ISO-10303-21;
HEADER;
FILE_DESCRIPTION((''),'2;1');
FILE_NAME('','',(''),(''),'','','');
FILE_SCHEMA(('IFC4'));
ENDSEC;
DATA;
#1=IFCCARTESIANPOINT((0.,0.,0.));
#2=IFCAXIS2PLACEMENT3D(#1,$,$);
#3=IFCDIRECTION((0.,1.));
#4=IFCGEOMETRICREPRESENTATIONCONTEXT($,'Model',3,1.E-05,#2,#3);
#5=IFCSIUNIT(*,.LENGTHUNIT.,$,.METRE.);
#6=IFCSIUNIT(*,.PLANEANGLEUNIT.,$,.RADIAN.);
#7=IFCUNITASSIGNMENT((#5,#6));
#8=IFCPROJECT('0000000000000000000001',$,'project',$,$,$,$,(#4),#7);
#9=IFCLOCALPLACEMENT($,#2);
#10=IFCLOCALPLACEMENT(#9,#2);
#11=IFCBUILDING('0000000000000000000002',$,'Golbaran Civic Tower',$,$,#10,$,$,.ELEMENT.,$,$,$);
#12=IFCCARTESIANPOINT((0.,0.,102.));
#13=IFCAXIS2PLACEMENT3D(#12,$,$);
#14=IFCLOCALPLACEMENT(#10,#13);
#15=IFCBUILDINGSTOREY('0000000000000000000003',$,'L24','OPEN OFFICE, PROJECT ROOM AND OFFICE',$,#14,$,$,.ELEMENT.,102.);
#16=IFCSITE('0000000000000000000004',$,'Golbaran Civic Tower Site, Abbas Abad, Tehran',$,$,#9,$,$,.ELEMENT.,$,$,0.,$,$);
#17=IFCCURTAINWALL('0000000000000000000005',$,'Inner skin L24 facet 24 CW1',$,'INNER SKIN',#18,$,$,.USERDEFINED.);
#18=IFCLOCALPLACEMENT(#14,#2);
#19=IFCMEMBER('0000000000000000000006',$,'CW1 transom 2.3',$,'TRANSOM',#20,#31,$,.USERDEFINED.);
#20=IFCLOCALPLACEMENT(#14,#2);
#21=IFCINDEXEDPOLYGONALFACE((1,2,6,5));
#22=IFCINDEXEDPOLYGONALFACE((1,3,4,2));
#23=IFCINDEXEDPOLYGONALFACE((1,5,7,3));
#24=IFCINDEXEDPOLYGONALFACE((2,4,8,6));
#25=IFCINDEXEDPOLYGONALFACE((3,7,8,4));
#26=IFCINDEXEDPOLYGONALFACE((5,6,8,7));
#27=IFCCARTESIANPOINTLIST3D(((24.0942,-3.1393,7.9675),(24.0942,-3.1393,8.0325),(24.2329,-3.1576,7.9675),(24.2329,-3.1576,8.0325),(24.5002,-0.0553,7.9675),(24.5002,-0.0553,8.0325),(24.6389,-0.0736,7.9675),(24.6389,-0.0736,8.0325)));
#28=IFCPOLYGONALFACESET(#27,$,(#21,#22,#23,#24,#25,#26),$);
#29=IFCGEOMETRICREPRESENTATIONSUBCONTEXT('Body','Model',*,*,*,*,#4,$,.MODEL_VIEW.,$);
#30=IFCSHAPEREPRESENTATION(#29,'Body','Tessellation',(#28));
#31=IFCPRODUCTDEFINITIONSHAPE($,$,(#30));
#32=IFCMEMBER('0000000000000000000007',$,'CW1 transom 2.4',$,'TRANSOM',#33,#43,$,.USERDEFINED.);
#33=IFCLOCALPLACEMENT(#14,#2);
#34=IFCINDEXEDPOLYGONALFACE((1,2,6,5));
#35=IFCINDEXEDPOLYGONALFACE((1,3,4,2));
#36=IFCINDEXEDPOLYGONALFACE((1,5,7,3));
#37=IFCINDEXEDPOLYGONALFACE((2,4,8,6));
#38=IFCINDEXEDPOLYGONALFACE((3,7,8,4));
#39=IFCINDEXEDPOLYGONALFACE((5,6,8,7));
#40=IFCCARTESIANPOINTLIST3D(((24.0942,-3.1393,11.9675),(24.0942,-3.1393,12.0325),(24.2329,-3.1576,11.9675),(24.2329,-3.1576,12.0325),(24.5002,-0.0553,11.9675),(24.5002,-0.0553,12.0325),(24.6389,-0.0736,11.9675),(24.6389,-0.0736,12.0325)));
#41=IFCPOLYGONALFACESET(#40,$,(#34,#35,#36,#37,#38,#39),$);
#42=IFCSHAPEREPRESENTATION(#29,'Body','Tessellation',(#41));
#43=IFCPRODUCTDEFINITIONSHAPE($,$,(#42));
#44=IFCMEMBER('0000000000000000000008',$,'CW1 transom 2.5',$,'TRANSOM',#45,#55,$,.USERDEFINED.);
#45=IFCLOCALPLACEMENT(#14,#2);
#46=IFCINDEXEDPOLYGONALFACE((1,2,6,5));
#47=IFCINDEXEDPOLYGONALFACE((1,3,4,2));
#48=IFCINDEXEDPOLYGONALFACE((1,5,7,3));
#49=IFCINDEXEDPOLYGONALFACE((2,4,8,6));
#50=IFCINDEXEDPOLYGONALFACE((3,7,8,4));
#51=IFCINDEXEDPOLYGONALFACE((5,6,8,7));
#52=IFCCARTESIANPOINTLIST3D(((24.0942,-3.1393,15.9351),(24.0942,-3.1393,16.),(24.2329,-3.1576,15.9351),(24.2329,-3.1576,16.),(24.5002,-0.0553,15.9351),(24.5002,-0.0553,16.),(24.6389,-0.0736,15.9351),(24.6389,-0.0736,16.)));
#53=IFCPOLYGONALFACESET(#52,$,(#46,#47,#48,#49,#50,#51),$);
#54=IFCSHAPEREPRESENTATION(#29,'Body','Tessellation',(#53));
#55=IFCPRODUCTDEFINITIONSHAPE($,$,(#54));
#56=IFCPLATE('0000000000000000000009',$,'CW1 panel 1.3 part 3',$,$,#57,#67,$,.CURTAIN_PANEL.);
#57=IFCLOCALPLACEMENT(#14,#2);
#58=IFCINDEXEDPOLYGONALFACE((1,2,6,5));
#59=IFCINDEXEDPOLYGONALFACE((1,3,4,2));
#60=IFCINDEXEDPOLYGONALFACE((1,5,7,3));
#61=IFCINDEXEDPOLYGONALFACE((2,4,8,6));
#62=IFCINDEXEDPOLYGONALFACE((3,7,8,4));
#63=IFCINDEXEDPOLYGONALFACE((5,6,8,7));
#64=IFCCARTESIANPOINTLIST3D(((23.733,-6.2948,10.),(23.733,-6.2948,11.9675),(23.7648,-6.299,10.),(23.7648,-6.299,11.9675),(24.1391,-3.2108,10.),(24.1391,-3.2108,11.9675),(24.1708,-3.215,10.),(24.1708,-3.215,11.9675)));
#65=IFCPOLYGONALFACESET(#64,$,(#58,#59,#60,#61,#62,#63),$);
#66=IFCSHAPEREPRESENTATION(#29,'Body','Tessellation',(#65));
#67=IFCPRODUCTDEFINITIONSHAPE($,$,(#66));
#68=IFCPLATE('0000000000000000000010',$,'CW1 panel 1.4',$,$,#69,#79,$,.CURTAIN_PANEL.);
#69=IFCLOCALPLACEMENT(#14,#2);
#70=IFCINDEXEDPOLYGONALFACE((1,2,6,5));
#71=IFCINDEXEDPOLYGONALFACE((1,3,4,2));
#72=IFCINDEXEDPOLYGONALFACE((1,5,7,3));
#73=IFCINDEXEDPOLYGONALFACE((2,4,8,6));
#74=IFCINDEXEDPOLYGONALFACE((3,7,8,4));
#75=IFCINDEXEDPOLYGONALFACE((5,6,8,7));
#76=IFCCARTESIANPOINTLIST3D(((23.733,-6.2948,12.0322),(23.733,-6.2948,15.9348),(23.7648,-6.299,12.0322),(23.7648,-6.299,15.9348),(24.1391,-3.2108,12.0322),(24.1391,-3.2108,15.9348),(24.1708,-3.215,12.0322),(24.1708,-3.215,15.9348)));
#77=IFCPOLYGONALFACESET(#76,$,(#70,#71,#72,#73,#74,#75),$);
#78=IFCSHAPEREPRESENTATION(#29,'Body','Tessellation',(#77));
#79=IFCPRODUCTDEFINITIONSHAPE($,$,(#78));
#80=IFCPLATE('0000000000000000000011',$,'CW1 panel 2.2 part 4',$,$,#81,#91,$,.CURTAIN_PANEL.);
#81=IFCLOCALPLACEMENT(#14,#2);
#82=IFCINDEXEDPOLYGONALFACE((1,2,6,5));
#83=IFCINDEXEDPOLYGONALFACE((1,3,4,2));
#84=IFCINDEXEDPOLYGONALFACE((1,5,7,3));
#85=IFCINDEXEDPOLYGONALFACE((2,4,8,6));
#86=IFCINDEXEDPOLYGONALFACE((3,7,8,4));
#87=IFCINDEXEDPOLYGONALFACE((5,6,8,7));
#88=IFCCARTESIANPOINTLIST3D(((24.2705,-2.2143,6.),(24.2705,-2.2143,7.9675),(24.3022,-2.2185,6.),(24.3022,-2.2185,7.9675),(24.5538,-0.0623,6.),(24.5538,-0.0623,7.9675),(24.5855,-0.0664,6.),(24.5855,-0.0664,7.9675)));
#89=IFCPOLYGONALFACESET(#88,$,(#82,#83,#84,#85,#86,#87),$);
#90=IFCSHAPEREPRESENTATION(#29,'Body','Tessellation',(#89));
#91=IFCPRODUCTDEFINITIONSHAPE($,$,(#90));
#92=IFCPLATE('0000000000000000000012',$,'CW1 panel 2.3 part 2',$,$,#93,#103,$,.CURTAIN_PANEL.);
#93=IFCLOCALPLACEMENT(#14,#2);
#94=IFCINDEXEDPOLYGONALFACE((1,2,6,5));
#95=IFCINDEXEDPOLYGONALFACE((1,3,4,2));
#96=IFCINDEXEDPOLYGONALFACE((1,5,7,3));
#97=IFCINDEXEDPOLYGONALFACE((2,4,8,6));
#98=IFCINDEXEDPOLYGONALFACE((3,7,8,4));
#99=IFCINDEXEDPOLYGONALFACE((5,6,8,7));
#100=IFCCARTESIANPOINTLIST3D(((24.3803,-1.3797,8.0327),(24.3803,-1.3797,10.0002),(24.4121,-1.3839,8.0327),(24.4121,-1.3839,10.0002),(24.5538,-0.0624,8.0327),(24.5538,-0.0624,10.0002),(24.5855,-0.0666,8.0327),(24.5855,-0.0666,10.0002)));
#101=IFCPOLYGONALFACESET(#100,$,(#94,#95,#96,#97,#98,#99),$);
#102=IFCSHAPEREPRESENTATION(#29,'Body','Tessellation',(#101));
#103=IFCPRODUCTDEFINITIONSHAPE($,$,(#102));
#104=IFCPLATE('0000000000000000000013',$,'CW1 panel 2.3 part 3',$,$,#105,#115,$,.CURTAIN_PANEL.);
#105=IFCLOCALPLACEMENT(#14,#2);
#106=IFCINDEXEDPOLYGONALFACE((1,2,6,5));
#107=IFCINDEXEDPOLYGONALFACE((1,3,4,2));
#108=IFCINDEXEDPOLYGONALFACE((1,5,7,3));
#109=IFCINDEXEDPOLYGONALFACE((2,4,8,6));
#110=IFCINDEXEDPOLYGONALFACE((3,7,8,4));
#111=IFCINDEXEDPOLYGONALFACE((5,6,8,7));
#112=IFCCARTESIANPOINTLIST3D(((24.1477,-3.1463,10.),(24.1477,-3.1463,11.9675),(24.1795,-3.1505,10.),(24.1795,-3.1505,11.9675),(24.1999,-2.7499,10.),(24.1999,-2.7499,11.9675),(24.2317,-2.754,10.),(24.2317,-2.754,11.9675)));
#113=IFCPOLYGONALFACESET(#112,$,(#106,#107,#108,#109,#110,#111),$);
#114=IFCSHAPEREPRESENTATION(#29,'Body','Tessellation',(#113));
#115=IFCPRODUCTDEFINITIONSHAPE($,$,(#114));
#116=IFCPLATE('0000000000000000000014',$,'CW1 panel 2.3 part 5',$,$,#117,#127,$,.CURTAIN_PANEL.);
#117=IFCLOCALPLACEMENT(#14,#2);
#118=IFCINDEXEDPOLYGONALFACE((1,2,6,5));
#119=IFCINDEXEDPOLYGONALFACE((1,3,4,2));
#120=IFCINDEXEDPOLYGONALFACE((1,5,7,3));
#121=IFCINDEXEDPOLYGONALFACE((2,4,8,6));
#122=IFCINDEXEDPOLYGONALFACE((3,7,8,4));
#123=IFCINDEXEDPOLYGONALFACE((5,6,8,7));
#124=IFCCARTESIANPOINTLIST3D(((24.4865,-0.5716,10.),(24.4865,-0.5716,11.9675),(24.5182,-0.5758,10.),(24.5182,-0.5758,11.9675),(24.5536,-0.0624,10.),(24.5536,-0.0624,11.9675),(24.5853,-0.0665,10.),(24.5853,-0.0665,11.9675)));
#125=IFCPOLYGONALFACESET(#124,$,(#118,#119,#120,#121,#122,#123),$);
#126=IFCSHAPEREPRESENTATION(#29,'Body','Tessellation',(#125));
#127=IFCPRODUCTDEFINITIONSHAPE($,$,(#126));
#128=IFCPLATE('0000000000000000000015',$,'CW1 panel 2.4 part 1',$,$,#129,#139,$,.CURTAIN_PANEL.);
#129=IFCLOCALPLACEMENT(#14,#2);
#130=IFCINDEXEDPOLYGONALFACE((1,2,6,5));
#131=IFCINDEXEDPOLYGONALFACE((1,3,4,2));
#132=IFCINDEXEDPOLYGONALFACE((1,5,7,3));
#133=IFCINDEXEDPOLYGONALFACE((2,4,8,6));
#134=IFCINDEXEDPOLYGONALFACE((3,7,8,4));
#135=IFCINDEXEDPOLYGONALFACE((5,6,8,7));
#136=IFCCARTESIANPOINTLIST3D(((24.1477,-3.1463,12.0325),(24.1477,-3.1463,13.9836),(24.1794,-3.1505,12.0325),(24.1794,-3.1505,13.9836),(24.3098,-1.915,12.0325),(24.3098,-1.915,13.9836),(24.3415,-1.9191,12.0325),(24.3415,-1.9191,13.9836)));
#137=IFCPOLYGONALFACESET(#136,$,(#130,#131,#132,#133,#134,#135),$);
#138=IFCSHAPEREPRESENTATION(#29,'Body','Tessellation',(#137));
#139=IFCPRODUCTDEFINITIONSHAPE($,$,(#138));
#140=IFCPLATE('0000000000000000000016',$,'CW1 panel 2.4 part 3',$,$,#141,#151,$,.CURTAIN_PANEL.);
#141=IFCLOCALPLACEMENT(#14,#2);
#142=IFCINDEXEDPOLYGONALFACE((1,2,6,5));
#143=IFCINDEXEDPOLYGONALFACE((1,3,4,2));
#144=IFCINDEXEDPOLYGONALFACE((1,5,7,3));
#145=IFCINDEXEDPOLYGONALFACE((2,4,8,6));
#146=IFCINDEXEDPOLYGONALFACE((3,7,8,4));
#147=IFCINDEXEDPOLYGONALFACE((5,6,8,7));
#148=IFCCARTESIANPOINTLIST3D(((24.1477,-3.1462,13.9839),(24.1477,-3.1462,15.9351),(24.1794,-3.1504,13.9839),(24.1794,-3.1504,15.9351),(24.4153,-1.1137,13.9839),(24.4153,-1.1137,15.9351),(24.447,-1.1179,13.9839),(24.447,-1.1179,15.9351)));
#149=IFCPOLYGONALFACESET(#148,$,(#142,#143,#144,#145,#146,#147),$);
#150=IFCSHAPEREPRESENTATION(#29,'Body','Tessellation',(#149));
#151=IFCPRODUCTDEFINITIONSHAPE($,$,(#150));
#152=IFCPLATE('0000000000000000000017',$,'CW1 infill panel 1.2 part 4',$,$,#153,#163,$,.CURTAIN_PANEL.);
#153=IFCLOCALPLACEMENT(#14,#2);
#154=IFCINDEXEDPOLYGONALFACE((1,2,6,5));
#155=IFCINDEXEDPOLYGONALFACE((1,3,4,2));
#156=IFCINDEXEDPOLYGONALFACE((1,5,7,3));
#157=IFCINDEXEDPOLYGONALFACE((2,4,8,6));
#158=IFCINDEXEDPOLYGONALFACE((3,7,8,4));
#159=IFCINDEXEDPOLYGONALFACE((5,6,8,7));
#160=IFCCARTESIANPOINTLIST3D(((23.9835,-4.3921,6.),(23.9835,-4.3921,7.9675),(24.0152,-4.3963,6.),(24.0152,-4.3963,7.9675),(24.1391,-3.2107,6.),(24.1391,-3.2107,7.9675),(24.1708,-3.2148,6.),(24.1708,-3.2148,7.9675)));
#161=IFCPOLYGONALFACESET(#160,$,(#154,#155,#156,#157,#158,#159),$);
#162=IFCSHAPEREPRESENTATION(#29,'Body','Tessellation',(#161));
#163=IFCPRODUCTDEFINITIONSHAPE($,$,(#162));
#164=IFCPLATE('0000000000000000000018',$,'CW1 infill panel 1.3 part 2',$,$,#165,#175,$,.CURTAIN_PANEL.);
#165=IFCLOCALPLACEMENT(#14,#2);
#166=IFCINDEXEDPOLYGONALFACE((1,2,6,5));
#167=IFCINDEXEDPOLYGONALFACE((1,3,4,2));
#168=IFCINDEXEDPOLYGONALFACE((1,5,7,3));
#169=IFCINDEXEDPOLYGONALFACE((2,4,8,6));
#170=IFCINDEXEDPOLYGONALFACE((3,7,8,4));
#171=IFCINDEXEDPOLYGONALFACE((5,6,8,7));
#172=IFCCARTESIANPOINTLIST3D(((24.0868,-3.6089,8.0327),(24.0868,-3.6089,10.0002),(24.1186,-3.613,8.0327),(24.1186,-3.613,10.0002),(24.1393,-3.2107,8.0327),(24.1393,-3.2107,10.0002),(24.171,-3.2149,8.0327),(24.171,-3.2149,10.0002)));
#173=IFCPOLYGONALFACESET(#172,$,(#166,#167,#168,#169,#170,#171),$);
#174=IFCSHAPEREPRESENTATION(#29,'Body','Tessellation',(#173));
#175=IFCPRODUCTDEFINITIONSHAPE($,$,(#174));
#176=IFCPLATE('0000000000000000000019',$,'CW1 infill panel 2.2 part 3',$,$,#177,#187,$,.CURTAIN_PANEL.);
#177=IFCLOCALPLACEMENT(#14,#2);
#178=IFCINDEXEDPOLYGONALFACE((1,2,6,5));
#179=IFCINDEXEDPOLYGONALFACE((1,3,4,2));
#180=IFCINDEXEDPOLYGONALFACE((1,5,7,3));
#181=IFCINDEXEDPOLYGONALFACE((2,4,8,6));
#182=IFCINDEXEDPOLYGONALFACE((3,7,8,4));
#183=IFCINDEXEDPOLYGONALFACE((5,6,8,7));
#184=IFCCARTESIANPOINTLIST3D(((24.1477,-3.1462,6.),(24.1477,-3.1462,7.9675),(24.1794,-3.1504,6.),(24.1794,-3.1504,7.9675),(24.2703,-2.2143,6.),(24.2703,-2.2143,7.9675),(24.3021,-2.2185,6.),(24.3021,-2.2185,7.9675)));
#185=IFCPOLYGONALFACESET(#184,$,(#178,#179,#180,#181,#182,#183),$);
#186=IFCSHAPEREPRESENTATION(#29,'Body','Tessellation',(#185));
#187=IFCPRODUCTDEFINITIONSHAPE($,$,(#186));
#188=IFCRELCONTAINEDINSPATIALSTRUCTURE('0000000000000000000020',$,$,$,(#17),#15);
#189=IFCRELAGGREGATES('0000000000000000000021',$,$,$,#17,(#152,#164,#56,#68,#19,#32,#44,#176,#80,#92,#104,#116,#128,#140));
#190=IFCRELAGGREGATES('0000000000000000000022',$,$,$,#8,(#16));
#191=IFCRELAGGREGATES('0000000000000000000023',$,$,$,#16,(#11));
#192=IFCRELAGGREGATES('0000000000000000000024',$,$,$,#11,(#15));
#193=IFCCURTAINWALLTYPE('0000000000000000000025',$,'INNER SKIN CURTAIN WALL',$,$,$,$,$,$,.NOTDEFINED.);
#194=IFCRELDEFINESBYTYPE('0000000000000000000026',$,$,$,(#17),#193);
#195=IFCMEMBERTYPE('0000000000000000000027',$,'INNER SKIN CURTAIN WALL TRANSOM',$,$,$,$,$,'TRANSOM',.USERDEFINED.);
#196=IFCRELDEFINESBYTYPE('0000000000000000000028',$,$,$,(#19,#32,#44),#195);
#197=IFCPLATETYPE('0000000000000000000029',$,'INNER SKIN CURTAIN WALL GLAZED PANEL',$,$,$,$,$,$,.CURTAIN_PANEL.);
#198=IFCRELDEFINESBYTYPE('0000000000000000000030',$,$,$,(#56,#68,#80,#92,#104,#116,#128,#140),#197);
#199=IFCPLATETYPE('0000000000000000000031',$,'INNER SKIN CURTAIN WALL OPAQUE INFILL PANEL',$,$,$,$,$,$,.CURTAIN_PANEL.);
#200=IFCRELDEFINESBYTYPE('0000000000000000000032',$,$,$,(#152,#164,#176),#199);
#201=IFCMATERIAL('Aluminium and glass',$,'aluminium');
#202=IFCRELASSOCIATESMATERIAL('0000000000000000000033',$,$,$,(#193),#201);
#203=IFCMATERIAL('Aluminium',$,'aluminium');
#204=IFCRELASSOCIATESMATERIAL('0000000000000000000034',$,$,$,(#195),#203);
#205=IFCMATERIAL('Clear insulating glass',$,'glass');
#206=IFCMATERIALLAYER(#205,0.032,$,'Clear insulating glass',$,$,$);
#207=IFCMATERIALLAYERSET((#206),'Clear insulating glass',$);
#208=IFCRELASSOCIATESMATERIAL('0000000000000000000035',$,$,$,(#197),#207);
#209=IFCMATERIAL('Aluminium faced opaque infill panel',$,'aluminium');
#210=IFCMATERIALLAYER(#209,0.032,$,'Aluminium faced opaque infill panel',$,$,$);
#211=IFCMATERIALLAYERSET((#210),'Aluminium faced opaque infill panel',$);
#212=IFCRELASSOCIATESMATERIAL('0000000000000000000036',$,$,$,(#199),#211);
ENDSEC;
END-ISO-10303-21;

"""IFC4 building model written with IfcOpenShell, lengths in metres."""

from ifc_helpers import new_model, si_unit, direction, frame, origin, origin_2d, place, context, subcontext, project, spatial, rectangle, extrude, material, layer, layer_set, material_profile, profile_set, type_object, element, aggregate, save


model = new_model("IFC4")

# Units and contexts
model_context = context("Model", 3, precision=1e-05, world=origin(), true_north=direction((0.0, 1.0)))
body_context = subcontext(model_context, "Body", "Model", "MODEL_VIEW")
ifc_project = project(units=[si_unit("LENGTHUNIT", "METRE"), si_unit("PLANEANGLEUNIT", "RADIAN")], contexts=[model_context])

# Site, building, storey
site_placement = place(None, origin())
site = spatial("IfcSite", under=ifc_project, at=site_placement, Name="Golbaran Civic Tower Site, Abbas Abad, Tehran", CompositionType="ELEMENT", RefElevation=0.0)
building_placement = place(site_placement, origin())
building = spatial("IfcBuilding", under=site, at=building_placement, Name="Golbaran Civic Tower", CompositionType="ELEMENT")
storey_placement = place(building_placement, frame((0.0, 0.0, 102.0)))
storey = spatial("IfcBuildingStorey", under=building, at=storey_placement, Name="L24", Description="OPEN OFFICE, PROJECT ROOM AND OFFICE", CompositionType="ELEMENT", Elevation=102.0)

# Curtain wall, members, plates
ifc_material_1 = material(Name="Aluminium and glass", Category="aluminium")
curtain_wall_type_1 = type_object("IfcCurtainWallType", Name="INNER SKIN CURTAIN WALL", PredefinedType="NOTDEFINED", material=ifc_material_1)
curtain_wall_1_placement = place(storey_placement, origin())
curtain_wall_1 = element("IfcCurtainWall", 1, at=curtain_wall_1_placement, inside=storey, type_object=curtain_wall_type_1, Name="Inner skin L24 facet 24 CW1", ObjectType="INNER SKIN", PredefinedType="USERDEFINED")
ifc_material_2 = material(Name="Aluminium", Category="aluminium")
ifc_material_profile = material_profile(ifc_material_2, rectangle(XDim=0.1399, YDim=0.0649, at=origin_2d()), Name="INNER SKIN CURTAIN WALL TRANSOM")
ifc_profile_set = profile_set([ifc_material_profile], Name="Aluminium")
member_type = type_object("IfcMemberType", Name="INNER SKIN CURTAIN WALL TRANSOM", ElementType="TRANSOM", PredefinedType="USERDEFINED", material=ifc_profile_set)
member_1_placement = place(storey_placement, frame((24.1636, -3.1484, 8.0), z_axis=(0.130524, 0.991445, 0.0), x_axis=(-0.991445, 0.130524, 0.0)))
member_1 = element("IfcMember", 2, at=member_1_placement, type_object=member_type, Name="CW1 transom 2.3", ObjectType="TRANSOM", PredefinedType="USERDEFINED", context=body_context, shape_type="SweptSolid", body=[
    extrude(rectangle(XDim=0.1399, YDim=0.0649, at=origin_2d()), origin(), (0.0, 0.0, 1.0), 3.1106),
])
member_2_placement = place(storey_placement, frame((24.1636, -3.1484, 12.0), z_axis=(0.130524, 0.991445, 0.0), x_axis=(-0.991445, 0.130524, 0.0)))
member_2 = element("IfcMember", 3, at=member_2_placement, type_object=member_type, Name="CW1 transom 2.4", ObjectType="TRANSOM", PredefinedType="USERDEFINED", context=body_context, shape_type="SweptSolid", body=[
    extrude(rectangle(XDim=0.1399, YDim=0.0649, at=origin_2d()), origin(), (0.0, 0.0, 1.0), 3.1106),
])
member_3_placement = place(storey_placement, frame((24.1636, -3.1484, 15.9675), z_axis=(0.130524, 0.991445, 0.0), x_axis=(-0.991445, 0.130524, 0.0)))
member_3 = element("IfcMember", 4, at=member_3_placement, type_object=member_type, Name="CW1 transom 2.5", ObjectType="TRANSOM", PredefinedType="USERDEFINED", context=body_context, shape_type="SweptSolid", body=[
    extrude(rectangle(XDim=0.1399, YDim=0.0649, at=origin_2d()), origin(), (0.0, 0.0, 1.0), 3.1106),
])
ifc_material_3 = material(Name="Clear insulating glass", Category="glass")
ifc_layer_1 = layer(ifc_material_3, 0.032, Name="Clear insulating glass")
ifc_layer_set_1 = layer_set([ifc_layer_1], Name="Clear insulating glass")
plate_type_1 = type_object("IfcPlateType", Name="INNER SKIN CURTAIN WALL GLAZED PANEL", PredefinedType="CURTAIN_PANEL", material=ifc_layer_set_1)
plate_1_placement = place(storey_placement, frame((23.9519, -4.7549, 10.0), z_axis=(0.0, 0.0, 1.0), x_axis=(0.130526, 0.991445, 0.0)))
plate_1 = element("IfcPlate", 5, at=plate_1_placement, type_object=plate_type_1, Name="CW1 panel 1.3 part 3", PredefinedType="CURTAIN_PANEL", context=body_context, shape_type="SweptSolid", body=[
    extrude(rectangle(XDim=3.1106, YDim=0.032, at=origin_2d()), origin(), (0.0, 0.0, 1.0), 1.9675),
])
plate_2_placement = place(storey_placement, frame((23.9519, -4.7549, 12.0322), z_axis=(0.0, 0.0, 1.0), x_axis=(0.130526, 0.991445, 0.0)))
plate_2 = element("IfcPlate", 6, at=plate_2_placement, type_object=plate_type_1, Name="CW1 panel 1.4", PredefinedType="CURTAIN_PANEL", context=body_context, shape_type="SweptSolid", body=[
    extrude(rectangle(XDim=3.1106, YDim=0.032, at=origin_2d()), origin(), (0.0, 0.0, 1.0), 3.9026),
])
plate_3_placement = place(storey_placement, frame((24.428, -1.1404, 6.0), z_axis=(0.0, 0.0, 1.0), x_axis=(0.130526, 0.991445, 0.0)))
plate_3 = element("IfcPlate", 7, at=plate_3_placement, type_object=plate_type_1, Name="CW1 panel 2.2 part 4", PredefinedType="CURTAIN_PANEL", context=body_context, shape_type="SweptSolid", body=[
    extrude(rectangle(XDim=2.1707, YDim=0.032, at=origin_2d()), origin(), (0.0, 0.0, 1.0), 1.9675),
])
plate_4_placement = place(storey_placement, frame((24.4829, -0.7231, 8.0327), z_axis=(0.0, 0.0, 1.0), x_axis=(0.130526, 0.991445, 0.0)))
plate_4 = element("IfcPlate", 8, at=plate_4_placement, type_object=plate_type_1, Name="CW1 panel 2.3 part 2", PredefinedType="CURTAIN_PANEL", context=body_context, shape_type="SweptSolid", body=[
    extrude(rectangle(XDim=1.3286, YDim=0.032, at=origin_2d()), origin(), (0.0, 0.0, 1.0), 1.9675),
])
plate_5_placement = place(storey_placement, frame((24.1897, -2.9502, 10.0), z_axis=(0.0, 0.0, 1.0), x_axis=(0.130526, 0.991445, 0.0)))
plate_5 = element("IfcPlate", 9, at=plate_5_placement, type_object=plate_type_1, Name="CW1 panel 2.3 part 3", PredefinedType="CURTAIN_PANEL", context=body_context, shape_type="SweptSolid", body=[
    extrude(rectangle(XDim=0.3999, YDim=0.032, at=origin_2d()), origin(), (0.0, 0.0, 1.0), 1.9675),
])
plate_6_placement = place(storey_placement, frame((24.5359, -0.3191, 10.0), z_axis=(0.0, 0.0, 1.0), x_axis=(0.130526, 0.991445, 0.0)))
plate_6 = element("IfcPlate", 10, at=plate_6_placement, type_object=plate_type_1, Name="CW1 panel 2.3 part 5", PredefinedType="CURTAIN_PANEL", context=body_context, shape_type="SweptSolid", body=[
    extrude(rectangle(XDim=0.5137, YDim=0.032, at=origin_2d()), origin(), (0.0, 0.0, 1.0), 1.9675),
])
plate_7_placement = place(storey_placement, frame((24.2446, -2.5327, 12.0325), z_axis=(0.0, 0.0, 1.0), x_axis=(0.130526, 0.991445, 0.0)))
plate_7 = element("IfcPlate", 11, at=plate_7_placement, type_object=plate_type_1, Name="CW1 panel 2.4 part 1", PredefinedType="CURTAIN_PANEL", context=body_context, shape_type="SweptSolid", body=[
    extrude(rectangle(XDim=1.2419, YDim=0.032, at=origin_2d()), origin(), (0.0, 0.0, 1.0), 1.9512),
])
plate_8_placement = place(storey_placement, frame((24.2974, -2.1321, 13.9839), z_axis=(0.0, 0.0, 1.0), x_axis=(0.130526, 0.991445, 0.0)))
plate_8 = element("IfcPlate", 12, at=plate_8_placement, type_object=plate_type_1, Name="CW1 panel 2.4 part 3", PredefinedType="CURTAIN_PANEL", context=body_context, shape_type="SweptSolid", body=[
    extrude(rectangle(XDim=2.05, YDim=0.032, at=origin_2d()), origin(), (0.0, 0.0, 1.0), 1.9512),
])
ifc_material_4 = material(Name="Aluminium faced opaque infill panel", Category="aluminium")
ifc_layer_2 = layer(ifc_material_4, 0.032, Name="Aluminium faced opaque infill panel")
ifc_layer_set_2 = layer_set([ifc_layer_2], Name="Aluminium faced opaque infill panel")
plate_type_2 = type_object("IfcPlateType", Name="INNER SKIN CURTAIN WALL OPAQUE INFILL PANEL", PredefinedType="CURTAIN_PANEL", material=ifc_layer_set_2)
plate_9_placement = place(storey_placement, frame((24.0771, -3.8035, 6.0), z_axis=(0.0, 0.0, 1.0), x_axis=(0.130526, 0.991445, 0.0)))
plate_9 = element("IfcPlate", 13, at=plate_9_placement, type_object=plate_type_2, Name="CW1 infill panel 1.2 part 4", PredefinedType="CURTAIN_PANEL", context=body_context, shape_type="SweptSolid", body=[
    extrude(rectangle(XDim=1.1917, YDim=0.032, at=origin_2d()), origin(), (0.0, 0.0, 1.0), 1.9675),
])
plate_10_placement = place(storey_placement, frame((24.1289, -3.4119, 8.0327), z_axis=(0.0, 0.0, 1.0), x_axis=(0.130526, 0.991445, 0.0)))
plate_10 = element("IfcPlate", 14, at=plate_10_placement, type_object=plate_type_2, Name="CW1 infill panel 1.3 part 2", PredefinedType="CURTAIN_PANEL", context=body_context, shape_type="SweptSolid", body=[
    extrude(rectangle(XDim=0.4016, YDim=0.032, at=origin_2d()), origin(), (0.0, 0.0, 1.0), 1.9675),
])
plate_11_placement = place(storey_placement, frame((24.2249, -2.6824, 6.0), z_axis=(0.0, 0.0, 1.0), x_axis=(0.130526, 0.991445, 0.0)))
plate_11 = element("IfcPlate", 15, at=plate_11_placement, type_object=plate_type_2, Name="CW1 infill panel 2.2 part 3", PredefinedType="CURTAIN_PANEL", context=body_context, shape_type="SweptSolid", body=[
    extrude(rectangle(XDim=0.9399, YDim=0.032, at=origin_2d()), origin(), (0.0, 0.0, 1.0), 1.9675),
])
aggregate(curtain_wall_1, [plate_9, plate_10, plate_1, plate_2, member_1, member_2, member_3, plate_11, plate_3, plate_4, plate_5, plate_6, plate_7, plate_8])

save(model, "model.ifc")
